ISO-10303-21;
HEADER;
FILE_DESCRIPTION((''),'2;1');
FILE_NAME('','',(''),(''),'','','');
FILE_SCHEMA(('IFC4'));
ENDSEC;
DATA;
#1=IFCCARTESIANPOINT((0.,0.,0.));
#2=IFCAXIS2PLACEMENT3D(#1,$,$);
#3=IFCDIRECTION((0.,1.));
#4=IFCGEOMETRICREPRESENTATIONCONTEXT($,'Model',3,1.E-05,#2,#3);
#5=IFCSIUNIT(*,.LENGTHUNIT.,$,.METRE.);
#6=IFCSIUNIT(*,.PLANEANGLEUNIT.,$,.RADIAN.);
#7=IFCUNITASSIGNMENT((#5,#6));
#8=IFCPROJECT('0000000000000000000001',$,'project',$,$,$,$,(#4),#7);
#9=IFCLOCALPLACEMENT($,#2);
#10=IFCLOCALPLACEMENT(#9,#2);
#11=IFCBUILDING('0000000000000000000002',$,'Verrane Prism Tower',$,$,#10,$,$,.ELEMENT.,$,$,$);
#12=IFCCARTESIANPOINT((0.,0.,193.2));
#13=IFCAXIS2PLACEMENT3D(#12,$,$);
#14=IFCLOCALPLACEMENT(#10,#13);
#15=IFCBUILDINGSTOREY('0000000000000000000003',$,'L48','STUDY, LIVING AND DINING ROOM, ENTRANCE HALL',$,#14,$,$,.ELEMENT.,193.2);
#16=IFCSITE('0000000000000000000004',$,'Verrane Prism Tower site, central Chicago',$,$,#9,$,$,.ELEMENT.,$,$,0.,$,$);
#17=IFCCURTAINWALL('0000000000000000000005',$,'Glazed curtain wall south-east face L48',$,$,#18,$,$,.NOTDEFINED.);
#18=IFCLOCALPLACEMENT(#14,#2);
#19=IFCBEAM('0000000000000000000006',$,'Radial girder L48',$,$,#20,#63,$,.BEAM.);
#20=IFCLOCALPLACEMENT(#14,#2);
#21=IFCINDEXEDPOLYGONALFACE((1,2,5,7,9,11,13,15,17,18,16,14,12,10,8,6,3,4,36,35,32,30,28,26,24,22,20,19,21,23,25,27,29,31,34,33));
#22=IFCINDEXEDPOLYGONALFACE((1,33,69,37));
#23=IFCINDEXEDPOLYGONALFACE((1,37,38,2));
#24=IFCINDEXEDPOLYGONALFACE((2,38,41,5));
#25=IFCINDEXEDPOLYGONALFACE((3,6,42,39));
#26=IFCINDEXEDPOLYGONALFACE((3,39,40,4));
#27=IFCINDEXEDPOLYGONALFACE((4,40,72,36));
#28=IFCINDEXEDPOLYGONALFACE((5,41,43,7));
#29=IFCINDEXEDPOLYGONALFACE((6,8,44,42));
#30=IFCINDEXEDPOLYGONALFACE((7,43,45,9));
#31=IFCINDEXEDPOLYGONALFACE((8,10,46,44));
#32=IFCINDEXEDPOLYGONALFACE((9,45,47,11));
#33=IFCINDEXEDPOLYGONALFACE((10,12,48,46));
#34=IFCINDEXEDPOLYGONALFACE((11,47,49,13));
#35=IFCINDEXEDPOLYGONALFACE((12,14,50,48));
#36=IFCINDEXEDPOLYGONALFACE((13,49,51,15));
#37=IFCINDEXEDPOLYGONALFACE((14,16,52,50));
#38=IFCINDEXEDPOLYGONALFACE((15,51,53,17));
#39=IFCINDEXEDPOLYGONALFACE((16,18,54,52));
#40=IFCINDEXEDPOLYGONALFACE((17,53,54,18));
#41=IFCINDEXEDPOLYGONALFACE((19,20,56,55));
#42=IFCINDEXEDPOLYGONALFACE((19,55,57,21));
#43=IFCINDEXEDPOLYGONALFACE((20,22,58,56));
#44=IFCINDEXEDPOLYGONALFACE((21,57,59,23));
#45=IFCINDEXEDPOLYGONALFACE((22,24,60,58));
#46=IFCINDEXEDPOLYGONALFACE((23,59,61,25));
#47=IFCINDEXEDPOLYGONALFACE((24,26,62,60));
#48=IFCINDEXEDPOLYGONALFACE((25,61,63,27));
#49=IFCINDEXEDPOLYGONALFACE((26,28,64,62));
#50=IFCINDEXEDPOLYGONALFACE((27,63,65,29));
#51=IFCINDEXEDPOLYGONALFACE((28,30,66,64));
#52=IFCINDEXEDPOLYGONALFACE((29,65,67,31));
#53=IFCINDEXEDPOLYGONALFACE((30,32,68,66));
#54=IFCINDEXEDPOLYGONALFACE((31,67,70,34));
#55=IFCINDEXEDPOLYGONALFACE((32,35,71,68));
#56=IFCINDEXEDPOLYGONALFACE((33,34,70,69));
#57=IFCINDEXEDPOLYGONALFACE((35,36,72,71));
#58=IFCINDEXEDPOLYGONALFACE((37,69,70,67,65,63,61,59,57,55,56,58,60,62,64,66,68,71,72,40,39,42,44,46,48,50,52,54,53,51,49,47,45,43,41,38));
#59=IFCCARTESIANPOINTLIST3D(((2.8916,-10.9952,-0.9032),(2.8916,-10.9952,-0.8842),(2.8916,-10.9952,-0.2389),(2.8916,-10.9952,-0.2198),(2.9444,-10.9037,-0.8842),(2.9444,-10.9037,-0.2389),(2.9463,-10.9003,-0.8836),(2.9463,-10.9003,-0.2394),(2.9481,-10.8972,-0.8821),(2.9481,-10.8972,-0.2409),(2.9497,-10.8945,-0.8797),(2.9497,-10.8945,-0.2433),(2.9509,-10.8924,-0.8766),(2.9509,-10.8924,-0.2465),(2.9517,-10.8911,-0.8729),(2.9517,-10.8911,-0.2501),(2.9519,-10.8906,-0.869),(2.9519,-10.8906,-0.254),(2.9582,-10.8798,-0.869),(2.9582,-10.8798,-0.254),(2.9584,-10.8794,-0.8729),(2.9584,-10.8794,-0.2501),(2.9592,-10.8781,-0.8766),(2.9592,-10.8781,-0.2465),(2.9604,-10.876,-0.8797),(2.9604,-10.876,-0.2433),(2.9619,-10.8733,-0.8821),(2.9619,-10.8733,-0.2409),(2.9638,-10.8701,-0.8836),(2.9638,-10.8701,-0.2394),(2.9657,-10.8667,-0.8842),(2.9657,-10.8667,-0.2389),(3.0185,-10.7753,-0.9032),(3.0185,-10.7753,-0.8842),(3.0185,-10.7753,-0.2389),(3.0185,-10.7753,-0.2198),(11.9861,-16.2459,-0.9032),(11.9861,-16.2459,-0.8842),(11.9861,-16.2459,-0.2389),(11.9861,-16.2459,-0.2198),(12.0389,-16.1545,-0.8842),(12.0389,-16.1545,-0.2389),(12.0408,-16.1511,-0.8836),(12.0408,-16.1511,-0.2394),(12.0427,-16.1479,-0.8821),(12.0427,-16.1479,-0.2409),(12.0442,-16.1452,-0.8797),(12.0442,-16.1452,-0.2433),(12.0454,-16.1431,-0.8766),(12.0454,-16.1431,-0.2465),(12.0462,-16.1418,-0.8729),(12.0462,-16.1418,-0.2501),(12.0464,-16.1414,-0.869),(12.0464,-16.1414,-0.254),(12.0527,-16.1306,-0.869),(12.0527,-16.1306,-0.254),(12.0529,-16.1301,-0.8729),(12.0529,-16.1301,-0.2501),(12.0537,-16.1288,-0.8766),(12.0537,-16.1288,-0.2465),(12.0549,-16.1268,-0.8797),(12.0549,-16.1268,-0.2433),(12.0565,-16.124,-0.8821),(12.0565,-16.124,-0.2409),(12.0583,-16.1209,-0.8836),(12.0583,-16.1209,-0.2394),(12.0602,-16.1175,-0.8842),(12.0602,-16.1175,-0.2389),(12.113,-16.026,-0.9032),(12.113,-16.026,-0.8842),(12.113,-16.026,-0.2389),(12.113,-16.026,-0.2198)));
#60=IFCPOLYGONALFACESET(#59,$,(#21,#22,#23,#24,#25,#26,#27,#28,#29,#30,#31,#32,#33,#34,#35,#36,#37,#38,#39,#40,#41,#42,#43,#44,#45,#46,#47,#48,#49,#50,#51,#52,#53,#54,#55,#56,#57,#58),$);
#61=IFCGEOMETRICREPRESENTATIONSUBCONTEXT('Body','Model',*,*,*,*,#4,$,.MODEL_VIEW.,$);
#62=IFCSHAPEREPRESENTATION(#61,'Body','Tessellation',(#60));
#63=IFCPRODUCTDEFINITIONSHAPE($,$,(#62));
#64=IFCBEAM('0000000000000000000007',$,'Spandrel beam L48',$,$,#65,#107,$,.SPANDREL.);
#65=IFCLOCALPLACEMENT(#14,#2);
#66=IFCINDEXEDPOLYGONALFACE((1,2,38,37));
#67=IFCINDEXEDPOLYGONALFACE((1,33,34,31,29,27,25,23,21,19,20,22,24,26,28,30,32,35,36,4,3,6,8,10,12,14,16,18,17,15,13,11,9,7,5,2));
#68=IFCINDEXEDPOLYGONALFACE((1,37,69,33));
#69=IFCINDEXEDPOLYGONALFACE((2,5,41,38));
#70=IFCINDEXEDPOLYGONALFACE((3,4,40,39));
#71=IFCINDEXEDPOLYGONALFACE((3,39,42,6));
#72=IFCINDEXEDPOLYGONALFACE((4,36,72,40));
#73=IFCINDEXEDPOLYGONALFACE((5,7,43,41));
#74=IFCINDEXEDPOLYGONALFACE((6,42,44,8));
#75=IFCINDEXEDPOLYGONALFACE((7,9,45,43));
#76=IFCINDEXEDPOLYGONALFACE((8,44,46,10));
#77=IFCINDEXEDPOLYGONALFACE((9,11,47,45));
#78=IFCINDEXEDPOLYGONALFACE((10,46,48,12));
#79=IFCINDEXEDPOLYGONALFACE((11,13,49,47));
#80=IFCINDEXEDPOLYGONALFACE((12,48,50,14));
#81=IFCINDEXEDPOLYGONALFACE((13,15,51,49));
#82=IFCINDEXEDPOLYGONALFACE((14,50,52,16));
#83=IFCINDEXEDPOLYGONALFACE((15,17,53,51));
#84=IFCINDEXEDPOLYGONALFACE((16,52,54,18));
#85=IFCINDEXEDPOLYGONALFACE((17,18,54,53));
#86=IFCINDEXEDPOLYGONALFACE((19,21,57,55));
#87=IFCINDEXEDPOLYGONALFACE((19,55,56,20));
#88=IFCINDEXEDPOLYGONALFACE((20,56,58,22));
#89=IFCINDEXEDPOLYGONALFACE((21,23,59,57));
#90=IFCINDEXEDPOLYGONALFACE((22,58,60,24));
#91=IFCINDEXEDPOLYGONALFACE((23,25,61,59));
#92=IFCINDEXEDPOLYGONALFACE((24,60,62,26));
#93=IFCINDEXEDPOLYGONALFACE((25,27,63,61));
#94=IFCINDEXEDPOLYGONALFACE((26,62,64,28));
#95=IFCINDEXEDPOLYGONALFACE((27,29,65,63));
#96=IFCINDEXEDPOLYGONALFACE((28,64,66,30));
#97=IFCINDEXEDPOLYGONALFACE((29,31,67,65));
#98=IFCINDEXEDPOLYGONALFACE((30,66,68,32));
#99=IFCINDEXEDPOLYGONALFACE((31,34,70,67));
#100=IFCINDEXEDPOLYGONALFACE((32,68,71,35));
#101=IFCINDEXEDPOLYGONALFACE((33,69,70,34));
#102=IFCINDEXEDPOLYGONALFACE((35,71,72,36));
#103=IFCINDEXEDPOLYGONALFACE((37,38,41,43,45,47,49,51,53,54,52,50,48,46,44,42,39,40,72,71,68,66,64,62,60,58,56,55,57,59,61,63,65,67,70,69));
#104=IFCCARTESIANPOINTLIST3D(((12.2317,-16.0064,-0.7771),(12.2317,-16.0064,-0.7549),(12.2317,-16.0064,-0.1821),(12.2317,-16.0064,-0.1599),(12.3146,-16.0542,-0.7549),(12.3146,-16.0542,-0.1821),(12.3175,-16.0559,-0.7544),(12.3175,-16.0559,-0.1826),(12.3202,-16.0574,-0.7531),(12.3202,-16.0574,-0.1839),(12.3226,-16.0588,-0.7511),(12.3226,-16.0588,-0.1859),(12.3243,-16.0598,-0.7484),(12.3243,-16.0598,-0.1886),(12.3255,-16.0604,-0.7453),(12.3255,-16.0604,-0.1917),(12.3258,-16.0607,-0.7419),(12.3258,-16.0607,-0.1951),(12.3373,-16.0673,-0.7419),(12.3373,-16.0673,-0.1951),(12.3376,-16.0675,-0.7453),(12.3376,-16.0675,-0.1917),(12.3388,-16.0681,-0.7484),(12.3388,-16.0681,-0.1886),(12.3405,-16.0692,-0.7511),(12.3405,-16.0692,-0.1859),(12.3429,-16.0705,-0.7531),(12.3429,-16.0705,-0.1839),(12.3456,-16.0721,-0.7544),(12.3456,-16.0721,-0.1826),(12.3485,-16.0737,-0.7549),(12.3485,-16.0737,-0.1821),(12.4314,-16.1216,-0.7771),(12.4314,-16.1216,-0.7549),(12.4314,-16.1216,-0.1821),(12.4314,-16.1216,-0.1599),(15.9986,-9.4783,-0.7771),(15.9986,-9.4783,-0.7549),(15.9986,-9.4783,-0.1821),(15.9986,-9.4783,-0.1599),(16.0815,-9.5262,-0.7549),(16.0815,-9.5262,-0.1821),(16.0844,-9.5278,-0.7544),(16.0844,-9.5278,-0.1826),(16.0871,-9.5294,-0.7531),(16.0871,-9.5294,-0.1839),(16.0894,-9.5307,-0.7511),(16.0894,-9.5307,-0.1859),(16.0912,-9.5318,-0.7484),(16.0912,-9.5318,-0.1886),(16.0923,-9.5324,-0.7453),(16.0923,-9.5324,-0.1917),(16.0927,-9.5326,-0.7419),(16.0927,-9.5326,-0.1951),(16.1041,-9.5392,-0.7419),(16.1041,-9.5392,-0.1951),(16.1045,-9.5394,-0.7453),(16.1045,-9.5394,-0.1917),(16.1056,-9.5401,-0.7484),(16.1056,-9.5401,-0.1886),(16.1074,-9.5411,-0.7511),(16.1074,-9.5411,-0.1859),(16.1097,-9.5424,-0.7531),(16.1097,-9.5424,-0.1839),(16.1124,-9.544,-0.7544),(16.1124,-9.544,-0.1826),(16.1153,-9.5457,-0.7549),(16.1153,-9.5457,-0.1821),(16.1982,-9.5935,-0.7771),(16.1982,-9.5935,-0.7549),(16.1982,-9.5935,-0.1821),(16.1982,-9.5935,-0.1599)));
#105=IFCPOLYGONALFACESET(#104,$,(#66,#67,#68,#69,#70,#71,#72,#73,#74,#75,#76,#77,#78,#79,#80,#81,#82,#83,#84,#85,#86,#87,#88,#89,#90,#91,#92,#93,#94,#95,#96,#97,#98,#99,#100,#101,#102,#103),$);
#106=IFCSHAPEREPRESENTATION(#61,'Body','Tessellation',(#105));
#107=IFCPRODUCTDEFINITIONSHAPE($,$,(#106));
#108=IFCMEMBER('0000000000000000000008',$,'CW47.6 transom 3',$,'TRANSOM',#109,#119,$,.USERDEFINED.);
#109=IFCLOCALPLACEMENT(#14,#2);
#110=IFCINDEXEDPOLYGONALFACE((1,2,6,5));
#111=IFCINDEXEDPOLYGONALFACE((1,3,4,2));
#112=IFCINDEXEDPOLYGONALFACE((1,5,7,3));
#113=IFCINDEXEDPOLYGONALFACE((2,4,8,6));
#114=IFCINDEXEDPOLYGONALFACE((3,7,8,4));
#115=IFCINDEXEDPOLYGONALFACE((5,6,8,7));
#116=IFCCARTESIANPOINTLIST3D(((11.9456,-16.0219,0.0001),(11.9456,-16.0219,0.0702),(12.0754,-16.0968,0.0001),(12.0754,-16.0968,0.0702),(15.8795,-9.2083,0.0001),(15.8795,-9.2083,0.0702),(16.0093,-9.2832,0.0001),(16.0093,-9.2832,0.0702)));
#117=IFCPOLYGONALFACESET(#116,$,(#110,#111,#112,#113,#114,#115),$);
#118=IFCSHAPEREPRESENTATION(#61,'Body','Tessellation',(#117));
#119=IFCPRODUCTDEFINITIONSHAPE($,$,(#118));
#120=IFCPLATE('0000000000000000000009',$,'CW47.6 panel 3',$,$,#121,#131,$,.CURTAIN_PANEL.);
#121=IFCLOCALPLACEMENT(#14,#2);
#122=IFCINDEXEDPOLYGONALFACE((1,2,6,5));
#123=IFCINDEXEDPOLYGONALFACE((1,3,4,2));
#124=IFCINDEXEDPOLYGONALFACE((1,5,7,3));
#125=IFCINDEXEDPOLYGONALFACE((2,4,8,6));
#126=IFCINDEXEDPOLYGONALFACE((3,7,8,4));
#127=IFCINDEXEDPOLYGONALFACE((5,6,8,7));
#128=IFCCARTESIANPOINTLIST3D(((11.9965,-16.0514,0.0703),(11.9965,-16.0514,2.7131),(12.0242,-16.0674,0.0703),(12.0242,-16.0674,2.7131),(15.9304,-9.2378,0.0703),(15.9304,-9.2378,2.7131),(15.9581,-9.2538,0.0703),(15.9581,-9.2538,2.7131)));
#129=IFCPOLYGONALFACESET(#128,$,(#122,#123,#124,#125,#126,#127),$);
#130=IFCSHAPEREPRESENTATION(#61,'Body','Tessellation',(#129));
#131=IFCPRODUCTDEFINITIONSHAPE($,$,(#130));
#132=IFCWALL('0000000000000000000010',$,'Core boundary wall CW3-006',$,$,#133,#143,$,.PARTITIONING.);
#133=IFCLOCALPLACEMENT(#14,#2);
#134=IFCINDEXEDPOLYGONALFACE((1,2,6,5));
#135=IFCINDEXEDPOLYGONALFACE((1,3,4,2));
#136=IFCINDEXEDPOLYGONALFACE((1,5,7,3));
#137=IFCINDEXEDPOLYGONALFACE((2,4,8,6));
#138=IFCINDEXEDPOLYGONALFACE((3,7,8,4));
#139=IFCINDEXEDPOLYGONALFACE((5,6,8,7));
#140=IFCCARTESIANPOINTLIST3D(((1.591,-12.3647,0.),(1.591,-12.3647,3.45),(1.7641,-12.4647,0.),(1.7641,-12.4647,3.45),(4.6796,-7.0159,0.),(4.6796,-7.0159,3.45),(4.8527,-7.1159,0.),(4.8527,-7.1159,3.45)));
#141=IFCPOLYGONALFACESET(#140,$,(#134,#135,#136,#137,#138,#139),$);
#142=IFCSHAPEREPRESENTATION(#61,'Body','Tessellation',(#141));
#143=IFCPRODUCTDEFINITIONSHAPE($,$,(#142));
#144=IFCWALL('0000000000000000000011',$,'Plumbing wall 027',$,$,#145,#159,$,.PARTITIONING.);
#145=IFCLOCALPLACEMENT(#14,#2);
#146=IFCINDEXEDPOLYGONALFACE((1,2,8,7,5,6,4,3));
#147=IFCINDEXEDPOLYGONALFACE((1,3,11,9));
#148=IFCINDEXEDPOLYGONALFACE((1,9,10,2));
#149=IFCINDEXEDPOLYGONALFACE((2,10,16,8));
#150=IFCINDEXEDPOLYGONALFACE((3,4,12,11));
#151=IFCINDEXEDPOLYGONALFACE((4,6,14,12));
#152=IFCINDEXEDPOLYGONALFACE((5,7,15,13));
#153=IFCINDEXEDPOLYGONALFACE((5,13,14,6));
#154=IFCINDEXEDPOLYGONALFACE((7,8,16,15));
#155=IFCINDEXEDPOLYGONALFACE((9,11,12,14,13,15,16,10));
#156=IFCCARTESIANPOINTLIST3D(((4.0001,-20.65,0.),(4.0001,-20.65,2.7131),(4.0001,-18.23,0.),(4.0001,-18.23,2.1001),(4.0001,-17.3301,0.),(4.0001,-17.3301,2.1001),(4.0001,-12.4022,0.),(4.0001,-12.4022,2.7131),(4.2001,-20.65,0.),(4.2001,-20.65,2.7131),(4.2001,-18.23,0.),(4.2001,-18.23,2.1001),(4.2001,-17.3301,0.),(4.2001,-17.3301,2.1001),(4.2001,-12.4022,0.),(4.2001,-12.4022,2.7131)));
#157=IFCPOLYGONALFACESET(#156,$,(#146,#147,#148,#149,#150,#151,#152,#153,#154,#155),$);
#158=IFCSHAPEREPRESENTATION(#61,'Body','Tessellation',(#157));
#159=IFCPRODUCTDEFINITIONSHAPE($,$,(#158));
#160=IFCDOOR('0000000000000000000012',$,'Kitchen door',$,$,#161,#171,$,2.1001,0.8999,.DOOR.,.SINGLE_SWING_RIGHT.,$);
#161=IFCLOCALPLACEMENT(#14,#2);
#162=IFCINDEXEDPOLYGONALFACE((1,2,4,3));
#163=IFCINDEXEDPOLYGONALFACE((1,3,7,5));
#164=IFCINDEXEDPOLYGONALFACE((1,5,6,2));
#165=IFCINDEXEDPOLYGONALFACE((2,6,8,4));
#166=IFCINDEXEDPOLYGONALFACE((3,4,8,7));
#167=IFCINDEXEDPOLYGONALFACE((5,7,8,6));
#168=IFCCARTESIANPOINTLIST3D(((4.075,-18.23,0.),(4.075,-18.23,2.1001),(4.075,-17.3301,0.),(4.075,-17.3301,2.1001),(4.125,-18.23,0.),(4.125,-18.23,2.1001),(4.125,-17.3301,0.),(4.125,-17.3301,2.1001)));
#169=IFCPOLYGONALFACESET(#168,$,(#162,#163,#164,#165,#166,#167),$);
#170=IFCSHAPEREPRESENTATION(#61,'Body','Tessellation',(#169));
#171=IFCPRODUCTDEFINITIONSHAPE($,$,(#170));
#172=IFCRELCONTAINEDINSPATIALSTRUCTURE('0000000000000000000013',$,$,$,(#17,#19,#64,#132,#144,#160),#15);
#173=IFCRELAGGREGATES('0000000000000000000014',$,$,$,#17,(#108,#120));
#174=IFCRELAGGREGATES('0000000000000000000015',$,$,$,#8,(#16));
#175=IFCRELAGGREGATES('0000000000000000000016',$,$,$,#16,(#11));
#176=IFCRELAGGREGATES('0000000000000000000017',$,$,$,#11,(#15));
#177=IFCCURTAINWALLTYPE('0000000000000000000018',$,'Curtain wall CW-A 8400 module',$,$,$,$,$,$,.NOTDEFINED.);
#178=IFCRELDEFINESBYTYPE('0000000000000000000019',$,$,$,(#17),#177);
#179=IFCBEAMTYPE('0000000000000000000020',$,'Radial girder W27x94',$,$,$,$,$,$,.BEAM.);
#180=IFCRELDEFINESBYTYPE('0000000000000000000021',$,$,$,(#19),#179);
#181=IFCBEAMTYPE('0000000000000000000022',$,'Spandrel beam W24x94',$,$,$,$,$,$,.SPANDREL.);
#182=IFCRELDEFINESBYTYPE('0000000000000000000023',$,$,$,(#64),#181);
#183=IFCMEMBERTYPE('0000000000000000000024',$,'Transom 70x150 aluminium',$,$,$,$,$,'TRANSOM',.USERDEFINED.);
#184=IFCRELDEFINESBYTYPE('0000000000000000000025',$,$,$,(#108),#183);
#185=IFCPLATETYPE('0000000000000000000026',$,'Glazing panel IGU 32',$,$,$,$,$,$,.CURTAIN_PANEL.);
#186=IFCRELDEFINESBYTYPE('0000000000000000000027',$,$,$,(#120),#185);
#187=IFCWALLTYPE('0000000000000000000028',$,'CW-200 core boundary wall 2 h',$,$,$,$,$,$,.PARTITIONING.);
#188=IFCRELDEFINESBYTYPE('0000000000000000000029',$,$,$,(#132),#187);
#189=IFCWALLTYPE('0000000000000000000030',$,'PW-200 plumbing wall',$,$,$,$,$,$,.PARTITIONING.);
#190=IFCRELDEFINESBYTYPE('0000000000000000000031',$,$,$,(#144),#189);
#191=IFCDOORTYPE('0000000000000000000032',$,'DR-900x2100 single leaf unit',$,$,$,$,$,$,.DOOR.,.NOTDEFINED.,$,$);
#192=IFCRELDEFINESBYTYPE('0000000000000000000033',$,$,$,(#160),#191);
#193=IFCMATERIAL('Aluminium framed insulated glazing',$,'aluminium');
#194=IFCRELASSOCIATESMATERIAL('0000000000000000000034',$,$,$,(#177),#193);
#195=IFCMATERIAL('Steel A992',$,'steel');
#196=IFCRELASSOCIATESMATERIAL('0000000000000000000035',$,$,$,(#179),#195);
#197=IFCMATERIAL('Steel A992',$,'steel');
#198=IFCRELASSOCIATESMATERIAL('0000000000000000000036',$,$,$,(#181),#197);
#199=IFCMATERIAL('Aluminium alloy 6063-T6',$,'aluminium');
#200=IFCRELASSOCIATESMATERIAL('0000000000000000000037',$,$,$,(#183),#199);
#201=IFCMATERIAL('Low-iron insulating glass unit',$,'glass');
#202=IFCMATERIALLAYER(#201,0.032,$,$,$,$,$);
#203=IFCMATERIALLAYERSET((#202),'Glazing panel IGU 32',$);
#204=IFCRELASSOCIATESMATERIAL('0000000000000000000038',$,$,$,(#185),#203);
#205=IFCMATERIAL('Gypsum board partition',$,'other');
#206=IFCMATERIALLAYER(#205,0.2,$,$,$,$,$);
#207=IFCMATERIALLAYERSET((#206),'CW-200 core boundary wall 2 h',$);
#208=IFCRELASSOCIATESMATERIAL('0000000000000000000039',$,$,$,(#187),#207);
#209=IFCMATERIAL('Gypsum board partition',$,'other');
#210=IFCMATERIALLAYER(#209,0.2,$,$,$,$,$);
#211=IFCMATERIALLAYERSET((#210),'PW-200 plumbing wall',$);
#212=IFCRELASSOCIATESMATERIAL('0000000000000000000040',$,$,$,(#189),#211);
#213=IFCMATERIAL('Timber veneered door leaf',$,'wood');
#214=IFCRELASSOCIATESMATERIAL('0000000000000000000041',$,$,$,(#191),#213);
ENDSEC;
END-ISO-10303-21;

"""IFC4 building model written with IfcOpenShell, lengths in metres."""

from ifc_helpers import new_model, si_unit, direction, frame, frame_2d, origin, origin_2d, place, context, subcontext, project, spatial, rectangle, i_section, extrude, material, layer, layer_set, material_profile, profile_set, type_object, element, fill, aggregate, save


model = new_model("IFC4")

# Units and contexts
model_context = context("Model", 3, precision=1e-05, world=origin(), true_north=direction((0.0, 1.0)))
body_context = subcontext(model_context, "Body", "Model", "MODEL_VIEW")
ifc_project = project(units=[si_unit("LENGTHUNIT", "METRE"), si_unit("PLANEANGLEUNIT", "RADIAN")], contexts=[model_context])

# Site, building, storey
site_placement = place(None, origin())
site = spatial("IfcSite", under=ifc_project, at=site_placement, Name="Verrane Prism Tower site, central Chicago", CompositionType="ELEMENT", RefElevation=0.0)
building_placement = place(site_placement, origin())
building = spatial("IfcBuilding", under=site, at=building_placement, Name="Verrane Prism Tower", CompositionType="ELEMENT")
storey_placement = place(building_placement, frame((0.0, 0.0, 193.2)))
storey = spatial("IfcBuildingStorey", under=building, at=storey_placement, Name="L48", Description="STUDY, LIVING AND DINING ROOM, ENTRANCE HALL", CompositionType="ELEMENT", Elevation=193.2)

# Curtain wall
ifc_material_1 = material(Name="Aluminium framed insulated glazing", Category="aluminium")
curtain_wall_type = type_object("IfcCurtainWallType", Name="Curtain wall CW-A 8400 module", PredefinedType="NOTDEFINED", material=ifc_material_1)
curtain_wall_placement = place(storey_placement, origin())
curtain_wall = element("IfcCurtainWall", 1, at=curtain_wall_placement, inside=storey, type_object=curtain_wall_type, Name="Glazed curtain wall south-east face L48", PredefinedType="NOTDEFINED")

# Beams
ifc_material_2 = material(Name="Steel A992", Category="steel")
ifc_material_profile_1 = material_profile(ifc_material_2, i_section(OverallWidth=0.2539, OverallDepth=0.6833, WebThickness=0.0125, FlangeThickness=0.019, FilletRadius=0.0151, at=origin_2d()), Name="W27x94")
ifc_profile_set_1 = profile_set([ifc_material_profile_1], Name="Steel A992")
beam_type_1 = type_object("IfcBeamType", Name="Radial girder W27x94", PredefinedType="BEAM", material=ifc_profile_set_1)
beam_1_placement = place(storey_placement, frame((12.0496, -16.136, -0.5615), z_axis=(-0.866024, 0.500002, 0.0), x_axis=(-0.500002, -0.866024, 0.0)))
element("IfcBeam", 2, at=beam_1_placement, inside=storey, type_object=beam_type_1, Name="Radial girder L48", PredefinedType="BEAM", context=body_context, shape_type="SweptSolid", body=[
    extrude(i_section(OverallWidth=0.2539, OverallDepth=0.6833, WebThickness=0.0125, FlangeThickness=0.019, FilletRadius=0.0151, at=origin_2d()), origin(), (0.0, 0.0, 1.0), 10.5015),
])
ifc_material_3 = material(Name="Steel A992", Category="steel")
ifc_material_profile_2 = material_profile(ifc_material_3, i_section(OverallWidth=0.2305, OverallDepth=0.6172, WebThickness=0.0132, FlangeThickness=0.0222, FilletRadius=0.0129, at=origin_2d()), Name="W24x94")
ifc_profile_set_2 = profile_set([ifc_material_profile_2], Name="Steel A992")
beam_type_2 = type_object("IfcBeamType", Name="Spandrel beam W24x94", PredefinedType="SPANDREL", material=ifc_profile_set_2)
beam_2_placement = place(storey_placement, frame((12.3315, -16.064, -0.4685), z_axis=(0.499787, 0.866148, 0.0), x_axis=(-0.866148, 0.499787, 0.0)))
element("IfcBeam", 3, at=beam_2_placement, inside=storey, type_object=beam_type_2, Name="Spandrel beam L48", PredefinedType="SPANDREL", context=body_context, shape_type="SweptSolid", body=[
    extrude(i_section(OverallWidth=0.2305, OverallDepth=0.6172, WebThickness=0.0132, FlangeThickness=0.0222, FilletRadius=0.0129, at=origin_2d()), origin(), (0.0, 0.0, 1.0), 7.5369),
])

# Member
ifc_material_4 = material(Name="Aluminium alloy 6063-T6", Category="aluminium")
ifc_material_profile_3 = material_profile(ifc_material_4, rectangle(XDim=0.1499, YDim=0.0701, at=origin_2d()), Name="Transom 70x150 aluminium")
ifc_profile_set_3 = profile_set([ifc_material_profile_3], Name="Aluminium alloy 6063-T6")
member_type_1 = type_object("IfcMemberType", Name="Transom 70x150 aluminium", ElementType="TRANSOM", PredefinedType="USERDEFINED", material=ifc_profile_set_3)
member_1_placement = place(storey_placement, frame((12.0105, -16.0593, 0.0352), z_axis=(0.500007, 0.866021, 0.0), x_axis=(-0.866021, 0.500007, 0.0)))
member_1 = element("IfcMember", 4, at=member_1_placement, type_object=member_type_1, Name="CW47.6 transom 3", ObjectType="TRANSOM", PredefinedType="USERDEFINED", context=body_context, shape_type="SweptSolid", body=[
    extrude(rectangle(XDim=0.1499, YDim=0.0701, at=origin_2d()), origin(), (0.0, 0.0, 1.0), 7.8677),
])

# Plate
ifc_material_5 = material(Name="Low-iron insulating glass unit", Category="glass")
ifc_layer_1 = layer(ifc_material_5, 0.032)
ifc_layer_set_1 = layer_set([ifc_layer_1], Name="Glazing panel IGU 32")
plate_type = type_object("IfcPlateType", Name="Glazing panel IGU 32", PredefinedType="CURTAIN_PANEL", material=ifc_layer_set_1)
plate_placement = place(storey_placement, frame((13.9773, -12.6526, 0.0703), z_axis=(0.0, 0.0, 1.0), x_axis=(0.5, 0.866026, 0.0)))
plate = element("IfcPlate", 5, at=plate_placement, type_object=plate_type, Name="CW47.6 panel 3", PredefinedType="CURTAIN_PANEL", context=body_context, shape_type="SweptSolid", body=[
    extrude(rectangle(XDim=7.8677, YDim=0.032, at=origin_2d()), origin(), (0.0, 0.0, 1.0), 2.6428),
])
aggregate(curtain_wall, [member_1, plate])

# Wall
ifc_material_6 = material(Name="Gypsum board partition", Category="other")
ifc_layer_2 = layer(ifc_material_6, 0.2)
ifc_layer_set_2 = layer_set([ifc_layer_2], Name="CW-200 core boundary wall 2 h")
wall_type_1 = type_object("IfcWallType", Name="CW-200 core boundary wall 2 h", PredefinedType="PARTITIONING", material=ifc_layer_set_2)
wall_1_placement = place(storey_placement, frame((1.6775, -12.4148, 0.0), z_axis=(0.0, 0.0, 1.0), x_axis=(0.500054, 0.865994, 0.0)))
element("IfcWall", 6, at=wall_1_placement, inside=storey, type_object=wall_type_1, Name="Core boundary wall CW3-006", PredefinedType="PARTITIONING", context=body_context, shape_type="SweptSolid", body=[
    extrude(rectangle(XDim=6.1765, YDim=0.2, at=frame_2d((3.0884, 0.0))), origin(), (0.0, 0.0, 1.0), 3.45),
])

# Wall, opening, door
ifc_material_7 = material(Name="Gypsum board partition", Category="other")
ifc_layer_3 = layer(ifc_material_7, 0.2)
ifc_layer_set_3 = layer_set([ifc_layer_3], Name="PW-200 plumbing wall")
wall_type_2 = type_object("IfcWallType", Name="PW-200 plumbing wall", PredefinedType="PARTITIONING", material=ifc_layer_set_3)
wall_2_placement = place(storey_placement, frame((4.1001, -12.4021, 0.0), z_axis=(0.0, 0.0, 1.0), x_axis=(0.0, -1.0, 0.0)))
wall_2 = element("IfcWall", 7, at=wall_2_placement, inside=storey, type_object=wall_type_2, Name="Plumbing wall 027", PredefinedType="PARTITIONING", context=body_context, shape_type="SweptSolid", body=[
    extrude(rectangle(XDim=8.2478, YDim=0.2, at=frame_2d((4.124, 0.0))), origin(), (0.0, 0.0, 1.0), 2.7131),
])
opening_1_placement = place(wall_2_placement, frame((4.928, 0.0, 0.0)))
opening_1 = element("IfcOpeningElement", 8, at=opening_1_placement, cuts=wall_2, PredefinedType="OPENING", context=body_context, shape_type="SweptSolid", body=[
    extrude(rectangle(XDim=0.8999, YDim=2.1001, at=frame_2d((0.45, 1.05))), frame((0.0, 0.1099, 0.0), z_axis=(0.0, -1.0, 0.0), x_axis=(1.0, 0.0, 0.0)), (0.0, 0.0, 1.0), 0.22),
])
ifc_material_8 = material(Name="Timber veneered door leaf", Category="wood")
door_type_1 = type_object("IfcDoorType", Name="DR-900x2100 single leaf unit", OperationType="NOTDEFINED", PredefinedType="DOOR", material=ifc_material_8)
door_1_placement = place(opening_1_placement, origin())
door_1 = element("IfcDoor", 9, at=door_1_placement, inside=storey, type_object=door_type_1, Name="Kitchen door", OperationType="SINGLE_SWING_RIGHT", OverallHeight=2.1001, OverallWidth=0.8999, PredefinedType="DOOR", context=body_context, shape_type="SweptSolid", body=[
    extrude(rectangle(XDim=0.8999, YDim=2.1001, at=frame_2d((0.45, 1.05))), frame((0.0, 0.0249, 0.0), z_axis=(0.0, -1.0, 0.0), x_axis=(1.0, 0.0, 0.0)), (0.0, 0.0, 1.0), 0.05),
])
fill(opening_1, door_1)

save(model, "model.ifc")
